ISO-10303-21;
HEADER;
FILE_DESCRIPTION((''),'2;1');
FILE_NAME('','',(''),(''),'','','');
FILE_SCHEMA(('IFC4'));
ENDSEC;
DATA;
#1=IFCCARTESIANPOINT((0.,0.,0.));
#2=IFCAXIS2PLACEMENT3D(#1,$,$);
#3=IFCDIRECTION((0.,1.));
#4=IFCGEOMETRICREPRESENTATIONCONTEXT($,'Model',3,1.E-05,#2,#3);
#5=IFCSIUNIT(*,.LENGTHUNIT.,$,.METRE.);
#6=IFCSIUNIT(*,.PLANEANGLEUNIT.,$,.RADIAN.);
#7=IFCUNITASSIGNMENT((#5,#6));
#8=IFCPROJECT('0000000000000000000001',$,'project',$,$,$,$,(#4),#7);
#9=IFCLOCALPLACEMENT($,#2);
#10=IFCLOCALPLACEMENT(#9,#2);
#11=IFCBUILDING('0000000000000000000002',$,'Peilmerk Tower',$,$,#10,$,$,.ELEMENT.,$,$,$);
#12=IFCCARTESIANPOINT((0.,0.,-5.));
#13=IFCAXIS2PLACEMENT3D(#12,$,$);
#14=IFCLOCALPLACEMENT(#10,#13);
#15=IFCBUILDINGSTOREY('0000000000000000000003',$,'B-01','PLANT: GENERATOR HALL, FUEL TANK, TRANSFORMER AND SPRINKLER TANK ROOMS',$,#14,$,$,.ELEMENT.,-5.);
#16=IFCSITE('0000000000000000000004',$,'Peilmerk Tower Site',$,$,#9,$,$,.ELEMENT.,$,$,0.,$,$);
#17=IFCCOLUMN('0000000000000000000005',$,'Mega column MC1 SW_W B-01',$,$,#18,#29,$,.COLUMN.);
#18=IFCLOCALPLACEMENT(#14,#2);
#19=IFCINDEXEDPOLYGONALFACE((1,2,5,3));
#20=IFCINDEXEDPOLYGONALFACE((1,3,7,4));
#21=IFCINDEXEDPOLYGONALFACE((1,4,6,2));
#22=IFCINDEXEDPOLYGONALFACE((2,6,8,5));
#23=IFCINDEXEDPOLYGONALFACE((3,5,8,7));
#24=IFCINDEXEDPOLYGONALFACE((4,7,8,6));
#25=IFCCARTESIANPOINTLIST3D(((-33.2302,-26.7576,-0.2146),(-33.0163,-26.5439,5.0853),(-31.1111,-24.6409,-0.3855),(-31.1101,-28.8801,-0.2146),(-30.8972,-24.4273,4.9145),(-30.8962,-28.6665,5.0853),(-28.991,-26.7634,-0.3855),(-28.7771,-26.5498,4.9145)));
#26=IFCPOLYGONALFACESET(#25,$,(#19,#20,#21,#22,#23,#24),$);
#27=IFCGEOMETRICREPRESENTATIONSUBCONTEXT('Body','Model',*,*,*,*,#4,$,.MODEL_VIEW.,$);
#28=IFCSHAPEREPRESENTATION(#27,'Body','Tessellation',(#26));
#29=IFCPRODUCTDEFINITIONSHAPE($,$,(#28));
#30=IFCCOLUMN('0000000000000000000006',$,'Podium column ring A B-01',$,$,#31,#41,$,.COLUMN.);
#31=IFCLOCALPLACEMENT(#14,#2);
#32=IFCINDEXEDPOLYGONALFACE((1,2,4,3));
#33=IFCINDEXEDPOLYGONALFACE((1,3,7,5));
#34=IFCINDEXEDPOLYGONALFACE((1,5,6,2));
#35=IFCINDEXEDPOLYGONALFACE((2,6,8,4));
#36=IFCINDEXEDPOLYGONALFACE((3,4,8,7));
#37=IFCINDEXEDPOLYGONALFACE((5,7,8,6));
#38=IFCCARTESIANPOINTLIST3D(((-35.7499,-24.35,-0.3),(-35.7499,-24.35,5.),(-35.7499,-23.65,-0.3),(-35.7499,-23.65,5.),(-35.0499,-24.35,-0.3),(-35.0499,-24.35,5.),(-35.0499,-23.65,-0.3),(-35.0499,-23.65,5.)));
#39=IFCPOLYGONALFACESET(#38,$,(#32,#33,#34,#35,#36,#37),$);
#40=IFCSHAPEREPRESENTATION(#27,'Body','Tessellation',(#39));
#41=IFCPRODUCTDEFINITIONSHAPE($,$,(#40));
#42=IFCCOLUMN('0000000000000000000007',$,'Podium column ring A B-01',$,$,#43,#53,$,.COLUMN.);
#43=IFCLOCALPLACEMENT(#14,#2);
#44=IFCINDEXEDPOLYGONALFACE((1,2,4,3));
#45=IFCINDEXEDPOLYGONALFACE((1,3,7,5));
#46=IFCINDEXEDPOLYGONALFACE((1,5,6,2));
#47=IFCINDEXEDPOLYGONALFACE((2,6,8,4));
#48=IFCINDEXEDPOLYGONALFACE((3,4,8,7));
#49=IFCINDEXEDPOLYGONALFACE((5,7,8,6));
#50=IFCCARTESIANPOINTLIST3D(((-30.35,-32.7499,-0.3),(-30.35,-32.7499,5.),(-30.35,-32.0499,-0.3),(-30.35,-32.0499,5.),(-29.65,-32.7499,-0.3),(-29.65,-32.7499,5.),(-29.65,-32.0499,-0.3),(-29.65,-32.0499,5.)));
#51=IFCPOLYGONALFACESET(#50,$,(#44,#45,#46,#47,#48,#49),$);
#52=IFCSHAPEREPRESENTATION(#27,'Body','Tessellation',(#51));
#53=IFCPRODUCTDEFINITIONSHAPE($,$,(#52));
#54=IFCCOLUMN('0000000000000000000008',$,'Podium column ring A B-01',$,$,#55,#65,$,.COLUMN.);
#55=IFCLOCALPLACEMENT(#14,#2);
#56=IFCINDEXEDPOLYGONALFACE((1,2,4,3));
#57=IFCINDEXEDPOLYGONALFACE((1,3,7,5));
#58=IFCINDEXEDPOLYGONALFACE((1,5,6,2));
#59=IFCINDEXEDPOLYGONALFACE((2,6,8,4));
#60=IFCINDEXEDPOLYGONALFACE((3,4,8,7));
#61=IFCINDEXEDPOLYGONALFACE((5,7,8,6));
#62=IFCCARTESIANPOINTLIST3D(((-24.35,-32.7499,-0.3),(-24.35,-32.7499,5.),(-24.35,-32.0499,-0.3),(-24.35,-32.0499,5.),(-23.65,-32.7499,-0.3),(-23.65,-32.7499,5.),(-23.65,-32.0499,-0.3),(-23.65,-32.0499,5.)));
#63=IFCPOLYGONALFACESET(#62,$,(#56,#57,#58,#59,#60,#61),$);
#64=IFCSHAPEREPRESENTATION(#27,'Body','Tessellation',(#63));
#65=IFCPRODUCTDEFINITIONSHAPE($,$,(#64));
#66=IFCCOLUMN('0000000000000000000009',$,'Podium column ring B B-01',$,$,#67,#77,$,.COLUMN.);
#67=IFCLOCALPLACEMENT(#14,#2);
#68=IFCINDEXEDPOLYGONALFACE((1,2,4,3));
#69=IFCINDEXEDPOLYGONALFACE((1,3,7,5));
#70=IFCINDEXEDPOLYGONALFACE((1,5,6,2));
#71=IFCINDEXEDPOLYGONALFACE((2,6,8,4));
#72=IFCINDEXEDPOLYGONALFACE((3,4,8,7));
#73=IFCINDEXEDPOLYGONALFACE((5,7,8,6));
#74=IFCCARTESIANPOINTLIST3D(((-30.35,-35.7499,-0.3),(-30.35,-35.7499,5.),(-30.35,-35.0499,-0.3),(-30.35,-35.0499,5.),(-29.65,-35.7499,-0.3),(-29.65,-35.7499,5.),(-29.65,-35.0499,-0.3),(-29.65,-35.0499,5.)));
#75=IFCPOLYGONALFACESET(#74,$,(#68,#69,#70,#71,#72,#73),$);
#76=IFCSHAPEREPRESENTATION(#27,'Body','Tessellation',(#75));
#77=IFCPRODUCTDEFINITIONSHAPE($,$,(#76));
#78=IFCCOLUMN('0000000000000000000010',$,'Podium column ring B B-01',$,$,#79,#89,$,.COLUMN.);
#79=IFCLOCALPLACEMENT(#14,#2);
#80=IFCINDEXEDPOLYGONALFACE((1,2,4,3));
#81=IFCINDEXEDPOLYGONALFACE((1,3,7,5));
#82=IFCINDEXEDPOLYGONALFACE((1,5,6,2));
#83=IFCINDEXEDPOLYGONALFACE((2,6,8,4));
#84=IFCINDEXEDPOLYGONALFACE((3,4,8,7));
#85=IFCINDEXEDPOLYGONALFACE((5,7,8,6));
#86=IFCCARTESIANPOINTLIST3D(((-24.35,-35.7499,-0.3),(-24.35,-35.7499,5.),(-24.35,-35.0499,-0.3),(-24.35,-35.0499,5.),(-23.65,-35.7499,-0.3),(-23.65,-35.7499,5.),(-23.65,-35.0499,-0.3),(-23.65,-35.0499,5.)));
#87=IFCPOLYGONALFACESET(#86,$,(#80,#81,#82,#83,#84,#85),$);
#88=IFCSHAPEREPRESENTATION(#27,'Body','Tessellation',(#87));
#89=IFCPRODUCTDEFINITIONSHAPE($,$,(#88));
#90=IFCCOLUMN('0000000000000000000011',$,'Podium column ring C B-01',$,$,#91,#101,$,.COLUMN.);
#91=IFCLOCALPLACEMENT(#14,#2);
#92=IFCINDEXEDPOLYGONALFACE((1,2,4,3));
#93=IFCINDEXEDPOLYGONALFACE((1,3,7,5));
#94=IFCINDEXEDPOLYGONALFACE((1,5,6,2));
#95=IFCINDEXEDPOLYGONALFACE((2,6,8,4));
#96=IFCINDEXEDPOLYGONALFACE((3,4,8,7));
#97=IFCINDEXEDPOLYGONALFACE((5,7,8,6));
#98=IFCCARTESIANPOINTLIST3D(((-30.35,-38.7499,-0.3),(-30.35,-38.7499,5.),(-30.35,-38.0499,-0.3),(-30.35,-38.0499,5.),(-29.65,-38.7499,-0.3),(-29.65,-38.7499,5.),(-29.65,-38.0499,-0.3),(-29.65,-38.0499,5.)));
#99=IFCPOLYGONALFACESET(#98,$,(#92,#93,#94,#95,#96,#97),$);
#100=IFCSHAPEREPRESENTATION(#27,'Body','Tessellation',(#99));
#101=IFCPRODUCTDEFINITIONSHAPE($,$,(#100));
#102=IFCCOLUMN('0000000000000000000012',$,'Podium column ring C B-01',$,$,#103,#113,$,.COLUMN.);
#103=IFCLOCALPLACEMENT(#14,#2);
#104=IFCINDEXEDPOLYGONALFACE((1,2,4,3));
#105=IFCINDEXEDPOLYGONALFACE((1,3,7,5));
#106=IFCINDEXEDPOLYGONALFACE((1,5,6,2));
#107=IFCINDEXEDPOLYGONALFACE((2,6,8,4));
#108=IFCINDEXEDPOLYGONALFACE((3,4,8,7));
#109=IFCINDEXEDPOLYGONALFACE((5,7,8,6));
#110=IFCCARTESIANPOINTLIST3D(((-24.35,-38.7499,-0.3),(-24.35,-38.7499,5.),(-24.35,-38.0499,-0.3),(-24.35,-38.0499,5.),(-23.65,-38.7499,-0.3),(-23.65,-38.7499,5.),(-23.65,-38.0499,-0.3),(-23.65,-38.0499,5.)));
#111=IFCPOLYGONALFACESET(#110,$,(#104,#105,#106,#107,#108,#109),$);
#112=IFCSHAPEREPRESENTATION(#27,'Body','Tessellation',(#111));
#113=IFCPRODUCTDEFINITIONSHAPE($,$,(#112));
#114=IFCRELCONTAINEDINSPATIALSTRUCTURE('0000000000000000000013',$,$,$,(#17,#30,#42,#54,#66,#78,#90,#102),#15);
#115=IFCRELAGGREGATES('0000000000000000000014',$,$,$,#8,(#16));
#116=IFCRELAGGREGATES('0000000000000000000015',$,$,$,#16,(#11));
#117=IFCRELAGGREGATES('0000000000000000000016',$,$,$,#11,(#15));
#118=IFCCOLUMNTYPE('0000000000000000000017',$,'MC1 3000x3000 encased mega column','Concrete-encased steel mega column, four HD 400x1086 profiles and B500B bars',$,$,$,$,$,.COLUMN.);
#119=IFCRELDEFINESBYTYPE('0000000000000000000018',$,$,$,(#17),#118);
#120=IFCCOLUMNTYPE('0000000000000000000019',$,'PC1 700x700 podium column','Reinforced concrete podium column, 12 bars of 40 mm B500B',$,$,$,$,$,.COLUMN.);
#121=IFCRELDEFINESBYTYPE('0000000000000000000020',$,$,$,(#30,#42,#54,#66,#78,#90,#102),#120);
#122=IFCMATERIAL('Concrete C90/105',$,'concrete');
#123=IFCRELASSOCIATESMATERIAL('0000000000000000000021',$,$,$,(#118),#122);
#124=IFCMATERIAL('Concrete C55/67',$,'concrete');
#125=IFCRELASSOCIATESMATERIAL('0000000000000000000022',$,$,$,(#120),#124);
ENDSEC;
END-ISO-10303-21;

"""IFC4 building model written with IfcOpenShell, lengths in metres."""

from ifc_helpers import new_model, si_unit, direction, frame, origin, origin_2d, place, context, subcontext, project, spatial, rectangle, extrude, material, material_profile, profile_set, type_object, element, save


model = new_model("IFC4")

# Units and contexts
model_context = context("Model", 3, precision=1e-05, world=origin(), true_north=direction((0.0, 1.0)))
body_context = subcontext(model_context, "Body", "Model", "MODEL_VIEW")
ifc_project = project(units=[si_unit("LENGTHUNIT", "METRE"), si_unit("PLANEANGLEUNIT", "RADIAN")], contexts=[model_context])

# Site, building, storey
site_placement = place(None, origin())
site = spatial("IfcSite", under=ifc_project, at=site_placement, Name="Peilmerk Tower Site", CompositionType="ELEMENT", RefElevation=0.0)
building_placement = place(site_placement, origin())
building = spatial("IfcBuilding", under=site, at=building_placement, Name="Peilmerk Tower", CompositionType="ELEMENT")
storey_placement = place(building_placement, frame((0.0, 0.0, -5.0)))
storey = spatial("IfcBuildingStorey", under=building, at=storey_placement, Name="B-01", Description="PLANT: GENERATOR HALL, FUEL TANK, TRANSFORMER AND SPRINKLER TANK ROOMS", CompositionType="ELEMENT", Elevation=-5.0)

# Columns
ifc_material_1 = material(Name="Concrete C90/105", Category="concrete")
ifc_material_profile_1 = material_profile(ifc_material_1, rectangle(XDim=3.0, YDim=3.0, at=origin_2d()), Name="RC 3000x3000")
ifc_profile_set_1 = profile_set([ifc_material_profile_1], Name="Concrete C90/105")
column_type_1 = type_object("IfcColumnType", Name="MC1 3000x3000 encased mega column", Description="Concrete-encased steel mega column, four HD 400x1086 profiles and B500B bars", PredefinedType="COLUMN", material=ifc_profile_set_1)
for number, where, z_axis, x_axis, name in (
    (1, (-31.1106, -26.7605, -0.3), (0.040286, 0.04024, 0.998378), (-0.706703, 0.70751, 0.0), "Mega column MC1 SW_W B-01"),
):
    element("IfcColumn", number, at=place(storey_placement, frame(where, z_axis=z_axis, x_axis=x_axis)), inside=storey, type_object=column_type_1, Name=name, PredefinedType="COLUMN", context=body_context, shape_type="SweptSolid", body=[
        extrude(rectangle(XDim=3.0, YDim=3.0, at=origin_2d()), origin(), (0.0, 0.0, 1.0), 5.3086),
    ])
ifc_material_2 = material(Name="Concrete C55/67", Category="concrete")
ifc_material_profile_2 = material_profile(ifc_material_2, rectangle(XDim=0.7, YDim=0.7, at=origin_2d()), Name="RC 700x700")
ifc_profile_set_2 = profile_set([ifc_material_profile_2], Name="Concrete C55/67")
column_type_2 = type_object("IfcColumnType", Name="PC1 700x700 podium column", Description="Reinforced concrete podium column, 12 bars of 40 mm B500B", PredefinedType="COLUMN", material=ifc_profile_set_2)
for number, where, z_axis, x_axis, name in (
    (2, (-35.3999, -24.0, -0.3), (0.0, 0.0, 1.0), (1.0, 0.0, 0.0), "Podium column ring A B-01"),
    (3, (-30.0, -32.3999, -0.3), (0.0, 0.0, 1.0), (1.0, 0.0, 0.0), "Podium column ring A B-01"),
    (4, (-24.0, -32.3999, -0.3), (0.0, 0.0, 1.0), (1.0, 0.0, 0.0), "Podium column ring A B-01"),
    (5, (-30.0, -35.3999, -0.3), (0.0, 0.0, 1.0), (1.0, 0.0, 0.0), "Podium column ring B B-01"),
    (6, (-24.0, -35.3999, -0.3), (0.0, 0.0, 1.0), (1.0, 0.0, 0.0), "Podium column ring B B-01"),
    (7, (-30.0, -38.3999, -0.3), (0.0, 0.0, 1.0), (1.0, 0.0, 0.0), "Podium column ring C B-01"),
    (8, (-24.0, -38.3999, -0.3), (0.0, 0.0, 1.0), (1.0, 0.0, 0.0), "Podium column ring C B-01"),
):
    element("IfcColumn", number, at=place(storey_placement, frame(where, z_axis=z_axis, x_axis=x_axis)), inside=storey, type_object=column_type_2, Name=name, PredefinedType="COLUMN", context=body_context, shape_type="SweptSolid", body=[
        extrude(rectangle(XDim=0.7, YDim=0.7, at=origin_2d()), origin(), (0.0, 0.0, 1.0), 5.3),
    ])

save(model, "model.ifc")
